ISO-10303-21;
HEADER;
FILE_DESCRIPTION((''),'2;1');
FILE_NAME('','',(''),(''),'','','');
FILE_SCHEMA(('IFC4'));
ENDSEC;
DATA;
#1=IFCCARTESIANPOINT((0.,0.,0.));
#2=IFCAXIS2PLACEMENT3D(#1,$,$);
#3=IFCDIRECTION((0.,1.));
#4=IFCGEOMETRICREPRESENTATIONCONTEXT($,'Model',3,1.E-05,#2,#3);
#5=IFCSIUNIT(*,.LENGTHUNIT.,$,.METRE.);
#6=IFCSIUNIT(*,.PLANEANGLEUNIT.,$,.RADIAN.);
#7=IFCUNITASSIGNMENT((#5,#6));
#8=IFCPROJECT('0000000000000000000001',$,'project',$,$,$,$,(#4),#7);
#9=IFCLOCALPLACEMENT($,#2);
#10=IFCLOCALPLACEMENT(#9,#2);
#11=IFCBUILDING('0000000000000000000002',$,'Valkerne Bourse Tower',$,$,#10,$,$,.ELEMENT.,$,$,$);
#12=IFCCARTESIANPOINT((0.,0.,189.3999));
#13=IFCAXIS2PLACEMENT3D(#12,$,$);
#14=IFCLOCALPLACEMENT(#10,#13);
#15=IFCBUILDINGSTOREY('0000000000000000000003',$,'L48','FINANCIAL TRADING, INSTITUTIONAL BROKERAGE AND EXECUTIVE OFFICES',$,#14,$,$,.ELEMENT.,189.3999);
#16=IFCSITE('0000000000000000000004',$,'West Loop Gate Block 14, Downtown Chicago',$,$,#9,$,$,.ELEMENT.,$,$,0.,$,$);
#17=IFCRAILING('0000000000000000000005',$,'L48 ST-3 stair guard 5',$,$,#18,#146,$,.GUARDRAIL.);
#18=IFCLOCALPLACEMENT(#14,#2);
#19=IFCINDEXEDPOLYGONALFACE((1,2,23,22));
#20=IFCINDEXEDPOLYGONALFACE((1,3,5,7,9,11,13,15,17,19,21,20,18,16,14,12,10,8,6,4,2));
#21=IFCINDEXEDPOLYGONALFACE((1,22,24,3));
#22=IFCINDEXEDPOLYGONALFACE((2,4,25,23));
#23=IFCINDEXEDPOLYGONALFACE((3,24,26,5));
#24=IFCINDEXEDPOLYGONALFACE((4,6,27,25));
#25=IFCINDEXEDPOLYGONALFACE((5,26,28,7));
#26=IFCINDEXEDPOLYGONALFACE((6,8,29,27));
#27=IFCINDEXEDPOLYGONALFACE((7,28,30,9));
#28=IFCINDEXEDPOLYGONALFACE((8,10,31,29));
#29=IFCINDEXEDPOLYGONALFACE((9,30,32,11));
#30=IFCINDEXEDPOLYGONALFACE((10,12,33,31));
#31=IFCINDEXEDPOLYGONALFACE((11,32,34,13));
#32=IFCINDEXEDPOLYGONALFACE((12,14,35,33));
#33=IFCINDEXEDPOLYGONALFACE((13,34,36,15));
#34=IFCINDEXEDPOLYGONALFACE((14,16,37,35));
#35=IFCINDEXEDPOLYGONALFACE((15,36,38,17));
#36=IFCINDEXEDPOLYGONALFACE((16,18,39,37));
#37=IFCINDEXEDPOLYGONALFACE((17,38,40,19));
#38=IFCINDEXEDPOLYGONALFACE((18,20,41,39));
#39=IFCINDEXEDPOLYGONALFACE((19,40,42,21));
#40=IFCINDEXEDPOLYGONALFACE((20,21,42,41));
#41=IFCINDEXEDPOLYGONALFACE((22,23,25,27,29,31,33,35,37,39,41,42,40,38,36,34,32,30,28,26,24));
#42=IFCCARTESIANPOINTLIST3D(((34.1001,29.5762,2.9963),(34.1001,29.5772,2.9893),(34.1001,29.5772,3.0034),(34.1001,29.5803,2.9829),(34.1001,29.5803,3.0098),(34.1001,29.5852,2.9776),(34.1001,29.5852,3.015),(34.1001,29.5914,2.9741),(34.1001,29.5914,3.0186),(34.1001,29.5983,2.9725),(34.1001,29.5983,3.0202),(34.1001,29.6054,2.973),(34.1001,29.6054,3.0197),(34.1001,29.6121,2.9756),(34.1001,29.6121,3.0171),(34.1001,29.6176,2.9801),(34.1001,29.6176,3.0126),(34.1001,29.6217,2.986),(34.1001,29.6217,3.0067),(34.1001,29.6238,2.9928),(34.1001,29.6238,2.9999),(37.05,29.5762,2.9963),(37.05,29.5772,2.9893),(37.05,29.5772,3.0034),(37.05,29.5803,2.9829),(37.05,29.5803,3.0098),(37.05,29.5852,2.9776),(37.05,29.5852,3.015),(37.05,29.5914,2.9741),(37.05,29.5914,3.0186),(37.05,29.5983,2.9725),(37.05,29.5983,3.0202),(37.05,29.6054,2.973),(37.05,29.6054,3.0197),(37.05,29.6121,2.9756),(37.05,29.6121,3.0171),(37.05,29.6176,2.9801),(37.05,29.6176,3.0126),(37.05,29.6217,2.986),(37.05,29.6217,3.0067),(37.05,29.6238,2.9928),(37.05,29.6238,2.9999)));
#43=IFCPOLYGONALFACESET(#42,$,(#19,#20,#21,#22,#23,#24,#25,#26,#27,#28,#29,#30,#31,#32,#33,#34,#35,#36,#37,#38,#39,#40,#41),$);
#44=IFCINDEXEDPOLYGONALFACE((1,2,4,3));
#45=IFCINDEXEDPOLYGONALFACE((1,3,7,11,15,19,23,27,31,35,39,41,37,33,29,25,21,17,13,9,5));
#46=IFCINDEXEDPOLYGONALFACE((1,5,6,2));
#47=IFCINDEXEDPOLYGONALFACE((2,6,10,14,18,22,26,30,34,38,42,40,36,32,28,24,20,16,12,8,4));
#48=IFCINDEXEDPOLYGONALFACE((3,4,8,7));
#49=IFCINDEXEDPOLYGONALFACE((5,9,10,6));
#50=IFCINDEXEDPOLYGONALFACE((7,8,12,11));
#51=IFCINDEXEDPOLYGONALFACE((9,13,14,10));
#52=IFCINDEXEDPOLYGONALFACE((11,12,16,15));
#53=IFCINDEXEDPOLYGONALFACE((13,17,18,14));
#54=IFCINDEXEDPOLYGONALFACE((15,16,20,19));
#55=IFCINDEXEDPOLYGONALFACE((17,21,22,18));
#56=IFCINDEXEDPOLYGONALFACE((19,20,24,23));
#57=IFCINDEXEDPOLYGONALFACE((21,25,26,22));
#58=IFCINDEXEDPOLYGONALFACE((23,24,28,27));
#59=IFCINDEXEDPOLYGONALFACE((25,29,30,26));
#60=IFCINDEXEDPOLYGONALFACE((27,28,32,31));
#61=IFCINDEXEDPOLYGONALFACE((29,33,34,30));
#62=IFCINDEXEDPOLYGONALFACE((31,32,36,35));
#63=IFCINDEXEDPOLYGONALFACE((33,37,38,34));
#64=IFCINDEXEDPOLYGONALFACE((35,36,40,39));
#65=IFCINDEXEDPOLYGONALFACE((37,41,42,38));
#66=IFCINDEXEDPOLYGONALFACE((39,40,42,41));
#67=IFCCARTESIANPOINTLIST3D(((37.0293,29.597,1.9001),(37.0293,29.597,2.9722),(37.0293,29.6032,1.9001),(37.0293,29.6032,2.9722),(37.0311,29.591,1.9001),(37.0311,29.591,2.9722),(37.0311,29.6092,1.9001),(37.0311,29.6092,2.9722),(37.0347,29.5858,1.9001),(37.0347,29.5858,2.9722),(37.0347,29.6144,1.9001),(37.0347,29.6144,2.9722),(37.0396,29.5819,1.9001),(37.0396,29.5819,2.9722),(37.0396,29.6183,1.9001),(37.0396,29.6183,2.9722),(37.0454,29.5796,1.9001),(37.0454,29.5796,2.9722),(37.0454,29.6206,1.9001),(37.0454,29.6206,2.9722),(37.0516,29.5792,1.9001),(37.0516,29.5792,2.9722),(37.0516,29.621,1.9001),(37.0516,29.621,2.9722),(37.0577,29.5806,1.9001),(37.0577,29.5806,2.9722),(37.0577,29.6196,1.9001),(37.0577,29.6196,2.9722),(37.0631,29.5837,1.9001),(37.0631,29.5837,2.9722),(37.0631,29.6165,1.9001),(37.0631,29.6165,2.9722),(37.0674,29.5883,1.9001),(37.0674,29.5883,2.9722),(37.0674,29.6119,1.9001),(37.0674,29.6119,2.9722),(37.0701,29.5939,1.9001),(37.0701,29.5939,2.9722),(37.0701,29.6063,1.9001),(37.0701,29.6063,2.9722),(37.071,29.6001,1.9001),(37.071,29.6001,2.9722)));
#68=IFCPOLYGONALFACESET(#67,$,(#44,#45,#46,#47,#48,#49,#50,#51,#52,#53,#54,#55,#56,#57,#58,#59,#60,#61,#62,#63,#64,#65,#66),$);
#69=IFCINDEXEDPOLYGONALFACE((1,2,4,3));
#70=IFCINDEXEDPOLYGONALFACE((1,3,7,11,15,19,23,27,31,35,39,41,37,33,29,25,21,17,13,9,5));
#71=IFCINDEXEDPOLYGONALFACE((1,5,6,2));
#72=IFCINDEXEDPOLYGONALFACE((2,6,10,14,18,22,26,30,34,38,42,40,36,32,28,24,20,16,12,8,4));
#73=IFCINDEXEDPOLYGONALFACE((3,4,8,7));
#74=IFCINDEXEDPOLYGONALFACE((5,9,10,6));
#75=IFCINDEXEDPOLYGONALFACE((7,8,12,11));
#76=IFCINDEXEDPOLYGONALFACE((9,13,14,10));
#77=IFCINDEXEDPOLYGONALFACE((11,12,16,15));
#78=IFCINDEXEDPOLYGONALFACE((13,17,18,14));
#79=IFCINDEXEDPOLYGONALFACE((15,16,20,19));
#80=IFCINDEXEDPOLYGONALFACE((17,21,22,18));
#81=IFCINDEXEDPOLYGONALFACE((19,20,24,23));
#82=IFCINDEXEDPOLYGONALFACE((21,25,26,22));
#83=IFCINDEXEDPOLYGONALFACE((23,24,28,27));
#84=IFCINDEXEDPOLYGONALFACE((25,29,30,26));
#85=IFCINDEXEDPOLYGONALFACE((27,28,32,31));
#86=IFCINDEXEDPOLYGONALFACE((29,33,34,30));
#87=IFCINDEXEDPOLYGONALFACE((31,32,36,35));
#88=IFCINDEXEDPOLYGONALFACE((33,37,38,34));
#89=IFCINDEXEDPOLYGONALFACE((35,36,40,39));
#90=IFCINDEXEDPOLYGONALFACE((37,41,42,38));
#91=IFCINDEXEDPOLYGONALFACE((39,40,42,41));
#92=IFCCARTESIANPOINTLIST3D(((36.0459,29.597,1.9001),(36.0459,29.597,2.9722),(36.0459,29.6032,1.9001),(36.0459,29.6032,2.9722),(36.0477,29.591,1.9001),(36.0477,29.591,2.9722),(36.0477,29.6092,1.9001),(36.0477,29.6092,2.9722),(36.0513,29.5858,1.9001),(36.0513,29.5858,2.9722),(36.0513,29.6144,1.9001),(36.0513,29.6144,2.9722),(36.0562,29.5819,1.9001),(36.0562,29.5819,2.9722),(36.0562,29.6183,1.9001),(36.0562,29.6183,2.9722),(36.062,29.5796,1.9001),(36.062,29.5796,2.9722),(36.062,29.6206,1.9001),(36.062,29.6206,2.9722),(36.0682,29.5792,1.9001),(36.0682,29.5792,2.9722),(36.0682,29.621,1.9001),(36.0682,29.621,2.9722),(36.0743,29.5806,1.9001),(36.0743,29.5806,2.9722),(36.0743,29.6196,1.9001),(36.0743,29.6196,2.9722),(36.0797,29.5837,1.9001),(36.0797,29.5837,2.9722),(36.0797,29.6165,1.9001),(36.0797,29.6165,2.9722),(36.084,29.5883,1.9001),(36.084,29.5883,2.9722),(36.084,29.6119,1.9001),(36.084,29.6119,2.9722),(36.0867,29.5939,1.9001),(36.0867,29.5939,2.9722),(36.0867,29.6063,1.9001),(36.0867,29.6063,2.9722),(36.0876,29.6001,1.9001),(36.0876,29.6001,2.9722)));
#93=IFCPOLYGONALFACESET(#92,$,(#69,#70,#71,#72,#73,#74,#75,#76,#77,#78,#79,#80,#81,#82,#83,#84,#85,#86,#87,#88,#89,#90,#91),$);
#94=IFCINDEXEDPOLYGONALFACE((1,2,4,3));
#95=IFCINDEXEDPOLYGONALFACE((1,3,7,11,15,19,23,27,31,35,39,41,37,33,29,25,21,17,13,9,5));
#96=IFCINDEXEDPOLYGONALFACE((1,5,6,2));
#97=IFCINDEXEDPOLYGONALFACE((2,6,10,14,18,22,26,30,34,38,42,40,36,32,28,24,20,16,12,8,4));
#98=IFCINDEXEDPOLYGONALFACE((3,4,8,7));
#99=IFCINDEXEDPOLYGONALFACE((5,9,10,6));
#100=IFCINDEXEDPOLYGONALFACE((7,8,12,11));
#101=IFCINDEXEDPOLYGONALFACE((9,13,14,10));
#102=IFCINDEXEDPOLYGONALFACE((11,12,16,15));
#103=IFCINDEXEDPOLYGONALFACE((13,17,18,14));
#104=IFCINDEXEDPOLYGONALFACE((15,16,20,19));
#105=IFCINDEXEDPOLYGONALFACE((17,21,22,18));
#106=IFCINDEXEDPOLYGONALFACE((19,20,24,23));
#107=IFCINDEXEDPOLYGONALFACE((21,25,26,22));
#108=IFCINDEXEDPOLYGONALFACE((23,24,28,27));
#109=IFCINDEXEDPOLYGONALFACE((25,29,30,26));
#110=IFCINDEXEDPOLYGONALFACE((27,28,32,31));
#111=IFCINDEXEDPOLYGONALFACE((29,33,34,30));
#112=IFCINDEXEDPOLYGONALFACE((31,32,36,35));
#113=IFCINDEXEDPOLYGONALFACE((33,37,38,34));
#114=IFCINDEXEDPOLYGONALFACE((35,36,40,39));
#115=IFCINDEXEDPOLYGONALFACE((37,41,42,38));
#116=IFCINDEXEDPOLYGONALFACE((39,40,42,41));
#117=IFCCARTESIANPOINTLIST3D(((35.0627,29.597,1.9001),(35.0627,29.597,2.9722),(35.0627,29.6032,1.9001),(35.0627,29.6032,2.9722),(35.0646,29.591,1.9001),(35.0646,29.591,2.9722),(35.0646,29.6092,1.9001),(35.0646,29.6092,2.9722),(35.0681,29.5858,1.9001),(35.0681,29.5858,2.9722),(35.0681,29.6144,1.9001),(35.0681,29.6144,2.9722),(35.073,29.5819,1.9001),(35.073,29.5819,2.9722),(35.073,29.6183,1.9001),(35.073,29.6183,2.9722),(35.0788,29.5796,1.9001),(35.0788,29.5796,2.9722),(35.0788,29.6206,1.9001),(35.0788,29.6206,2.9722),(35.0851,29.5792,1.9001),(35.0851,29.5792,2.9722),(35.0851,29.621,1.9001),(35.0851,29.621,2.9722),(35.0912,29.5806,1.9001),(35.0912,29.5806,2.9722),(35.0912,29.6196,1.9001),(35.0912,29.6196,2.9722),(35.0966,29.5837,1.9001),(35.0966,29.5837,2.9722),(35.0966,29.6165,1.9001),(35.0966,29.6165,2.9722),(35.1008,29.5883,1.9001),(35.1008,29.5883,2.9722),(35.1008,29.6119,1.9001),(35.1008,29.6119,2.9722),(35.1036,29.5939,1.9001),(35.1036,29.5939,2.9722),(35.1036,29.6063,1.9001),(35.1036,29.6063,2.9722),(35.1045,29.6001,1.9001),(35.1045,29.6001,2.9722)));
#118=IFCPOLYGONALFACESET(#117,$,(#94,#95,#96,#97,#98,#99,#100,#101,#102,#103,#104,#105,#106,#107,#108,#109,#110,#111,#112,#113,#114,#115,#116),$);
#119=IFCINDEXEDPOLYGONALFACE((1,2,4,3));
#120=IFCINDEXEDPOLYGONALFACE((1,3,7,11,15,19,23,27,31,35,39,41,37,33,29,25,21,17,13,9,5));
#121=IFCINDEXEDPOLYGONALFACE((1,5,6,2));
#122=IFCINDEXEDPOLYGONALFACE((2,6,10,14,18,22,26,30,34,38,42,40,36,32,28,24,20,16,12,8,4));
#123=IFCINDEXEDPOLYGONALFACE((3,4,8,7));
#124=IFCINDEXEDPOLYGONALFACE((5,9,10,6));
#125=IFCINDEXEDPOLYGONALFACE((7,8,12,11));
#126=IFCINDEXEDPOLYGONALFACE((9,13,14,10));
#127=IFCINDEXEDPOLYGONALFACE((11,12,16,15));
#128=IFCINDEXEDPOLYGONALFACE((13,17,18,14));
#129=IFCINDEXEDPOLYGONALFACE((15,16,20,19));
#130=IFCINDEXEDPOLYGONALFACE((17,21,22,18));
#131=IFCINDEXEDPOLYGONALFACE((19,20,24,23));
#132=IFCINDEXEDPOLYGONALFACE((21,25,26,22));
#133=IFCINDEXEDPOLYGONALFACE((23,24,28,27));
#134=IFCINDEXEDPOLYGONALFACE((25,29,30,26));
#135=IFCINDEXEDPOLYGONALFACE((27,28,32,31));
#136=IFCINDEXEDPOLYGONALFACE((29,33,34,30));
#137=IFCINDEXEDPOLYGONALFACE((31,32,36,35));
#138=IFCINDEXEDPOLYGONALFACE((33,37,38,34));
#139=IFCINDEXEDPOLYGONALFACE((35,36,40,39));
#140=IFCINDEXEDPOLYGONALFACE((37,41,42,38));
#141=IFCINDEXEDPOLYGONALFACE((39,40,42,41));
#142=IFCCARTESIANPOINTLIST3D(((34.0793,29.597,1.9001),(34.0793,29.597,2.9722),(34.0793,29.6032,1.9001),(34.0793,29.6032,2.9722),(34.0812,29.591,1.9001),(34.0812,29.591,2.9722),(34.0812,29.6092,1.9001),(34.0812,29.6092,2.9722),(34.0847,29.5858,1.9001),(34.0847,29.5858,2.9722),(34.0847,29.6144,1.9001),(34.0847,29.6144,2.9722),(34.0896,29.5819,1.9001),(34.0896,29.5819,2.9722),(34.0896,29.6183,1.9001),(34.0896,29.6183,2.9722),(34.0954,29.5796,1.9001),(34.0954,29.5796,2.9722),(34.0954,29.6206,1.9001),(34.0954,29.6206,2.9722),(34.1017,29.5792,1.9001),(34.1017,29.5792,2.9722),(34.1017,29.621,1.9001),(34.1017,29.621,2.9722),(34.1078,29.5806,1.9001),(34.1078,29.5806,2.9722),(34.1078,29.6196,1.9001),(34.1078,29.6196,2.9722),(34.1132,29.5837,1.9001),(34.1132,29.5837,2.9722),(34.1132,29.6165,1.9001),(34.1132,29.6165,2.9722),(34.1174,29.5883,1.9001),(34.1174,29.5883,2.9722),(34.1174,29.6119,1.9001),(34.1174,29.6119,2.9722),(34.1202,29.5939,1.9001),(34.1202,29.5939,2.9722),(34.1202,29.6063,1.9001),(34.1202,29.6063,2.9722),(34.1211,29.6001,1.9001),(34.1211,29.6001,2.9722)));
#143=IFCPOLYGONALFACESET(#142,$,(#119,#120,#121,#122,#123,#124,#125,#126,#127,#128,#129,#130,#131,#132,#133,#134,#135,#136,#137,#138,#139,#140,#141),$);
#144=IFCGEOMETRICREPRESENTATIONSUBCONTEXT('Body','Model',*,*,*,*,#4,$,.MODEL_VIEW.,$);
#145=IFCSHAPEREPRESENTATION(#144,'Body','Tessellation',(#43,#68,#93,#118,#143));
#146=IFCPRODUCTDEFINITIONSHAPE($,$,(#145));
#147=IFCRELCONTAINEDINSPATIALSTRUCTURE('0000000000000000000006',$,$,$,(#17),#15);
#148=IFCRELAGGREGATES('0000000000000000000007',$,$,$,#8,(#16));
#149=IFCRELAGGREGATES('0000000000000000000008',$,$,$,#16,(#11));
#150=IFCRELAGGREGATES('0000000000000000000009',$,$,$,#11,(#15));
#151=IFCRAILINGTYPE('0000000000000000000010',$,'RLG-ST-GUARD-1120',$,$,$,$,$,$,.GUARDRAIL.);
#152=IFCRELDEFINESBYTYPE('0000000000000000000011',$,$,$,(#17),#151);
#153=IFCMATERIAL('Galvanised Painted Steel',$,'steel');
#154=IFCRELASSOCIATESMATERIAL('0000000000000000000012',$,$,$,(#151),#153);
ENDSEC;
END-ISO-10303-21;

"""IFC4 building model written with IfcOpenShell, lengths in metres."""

from ifc_helpers import new_model, si_unit, direction, frame, origin, origin_2d, place, context, subcontext, project, spatial, circle, extrude, material, type_object, element, save


model = new_model("IFC4")

# Units and contexts
model_context = context("Model", 3, precision=1e-05, world=origin(), true_north=direction((0.0, 1.0)))
body_context = subcontext(model_context, "Body", "Model", "MODEL_VIEW")
ifc_project = project(units=[si_unit("LENGTHUNIT", "METRE"), si_unit("PLANEANGLEUNIT", "RADIAN")], contexts=[model_context])

# Site, building, storey
site_placement = place(None, origin())
site = spatial("IfcSite", under=ifc_project, at=site_placement, Name="West Loop Gate Block 14, Downtown Chicago", CompositionType="ELEMENT", RefElevation=0.0)
building_placement = place(site_placement, origin())
building = spatial("IfcBuilding", under=site, at=building_placement, Name="Valkerne Bourse Tower", CompositionType="ELEMENT")
storey_placement = place(building_placement, frame((0.0, 0.0, 189.3999)))
storey = spatial("IfcBuildingStorey", under=building, at=storey_placement, Name="L48", Description="FINANCIAL TRADING, INSTITUTIONAL BROKERAGE AND EXECUTIVE OFFICES", CompositionType="ELEMENT", Elevation=189.3999)

# Railing
ifc_material_1 = material(Name="Galvanised Painted Steel", Category="steel")
railing_type_1 = type_object("IfcRailingType", Name="RLG-ST-GUARD-1120", PredefinedType="GUARDRAIL", material=ifc_material_1)
railing_1_placement = place(storey_placement, frame((37.05, 29.6001, 1.9001)))
element("IfcRailing", 1, at=railing_1_placement, inside=storey, type_object=railing_type_1, Name="L48 ST-3 stair guard 5", PredefinedType="GUARDRAIL", context=body_context, shape_type="SweptSolid", body=[
    extrude(circle(Radius=0.0239, at=origin_2d()), frame((0.0, 0.0, 1.0962), z_axis=(-1.0, 0.0, 0.0), x_axis=(0.0, -1.0, 0.0)), (0.0, 0.0, 1.0), 2.95),
    extrude(circle(Radius=0.021, at=origin_2d()), origin(), (0.0, 0.0, 1.0), 1.072),
    extrude(circle(Radius=0.021, at=origin_2d()), frame((-0.9834, 0.0, 0.0)), (0.0, 0.0, 1.0), 1.072),
    extrude(circle(Radius=0.021, at=origin_2d()), frame((-1.9666, 0.0, 0.0)), (0.0, 0.0, 1.0), 1.072),
    extrude(circle(Radius=0.021, at=origin_2d()), frame((-2.95, 0.0, 0.0)), (0.0, 0.0, 1.0), 1.072),
])

save(model, "model.ifc")
